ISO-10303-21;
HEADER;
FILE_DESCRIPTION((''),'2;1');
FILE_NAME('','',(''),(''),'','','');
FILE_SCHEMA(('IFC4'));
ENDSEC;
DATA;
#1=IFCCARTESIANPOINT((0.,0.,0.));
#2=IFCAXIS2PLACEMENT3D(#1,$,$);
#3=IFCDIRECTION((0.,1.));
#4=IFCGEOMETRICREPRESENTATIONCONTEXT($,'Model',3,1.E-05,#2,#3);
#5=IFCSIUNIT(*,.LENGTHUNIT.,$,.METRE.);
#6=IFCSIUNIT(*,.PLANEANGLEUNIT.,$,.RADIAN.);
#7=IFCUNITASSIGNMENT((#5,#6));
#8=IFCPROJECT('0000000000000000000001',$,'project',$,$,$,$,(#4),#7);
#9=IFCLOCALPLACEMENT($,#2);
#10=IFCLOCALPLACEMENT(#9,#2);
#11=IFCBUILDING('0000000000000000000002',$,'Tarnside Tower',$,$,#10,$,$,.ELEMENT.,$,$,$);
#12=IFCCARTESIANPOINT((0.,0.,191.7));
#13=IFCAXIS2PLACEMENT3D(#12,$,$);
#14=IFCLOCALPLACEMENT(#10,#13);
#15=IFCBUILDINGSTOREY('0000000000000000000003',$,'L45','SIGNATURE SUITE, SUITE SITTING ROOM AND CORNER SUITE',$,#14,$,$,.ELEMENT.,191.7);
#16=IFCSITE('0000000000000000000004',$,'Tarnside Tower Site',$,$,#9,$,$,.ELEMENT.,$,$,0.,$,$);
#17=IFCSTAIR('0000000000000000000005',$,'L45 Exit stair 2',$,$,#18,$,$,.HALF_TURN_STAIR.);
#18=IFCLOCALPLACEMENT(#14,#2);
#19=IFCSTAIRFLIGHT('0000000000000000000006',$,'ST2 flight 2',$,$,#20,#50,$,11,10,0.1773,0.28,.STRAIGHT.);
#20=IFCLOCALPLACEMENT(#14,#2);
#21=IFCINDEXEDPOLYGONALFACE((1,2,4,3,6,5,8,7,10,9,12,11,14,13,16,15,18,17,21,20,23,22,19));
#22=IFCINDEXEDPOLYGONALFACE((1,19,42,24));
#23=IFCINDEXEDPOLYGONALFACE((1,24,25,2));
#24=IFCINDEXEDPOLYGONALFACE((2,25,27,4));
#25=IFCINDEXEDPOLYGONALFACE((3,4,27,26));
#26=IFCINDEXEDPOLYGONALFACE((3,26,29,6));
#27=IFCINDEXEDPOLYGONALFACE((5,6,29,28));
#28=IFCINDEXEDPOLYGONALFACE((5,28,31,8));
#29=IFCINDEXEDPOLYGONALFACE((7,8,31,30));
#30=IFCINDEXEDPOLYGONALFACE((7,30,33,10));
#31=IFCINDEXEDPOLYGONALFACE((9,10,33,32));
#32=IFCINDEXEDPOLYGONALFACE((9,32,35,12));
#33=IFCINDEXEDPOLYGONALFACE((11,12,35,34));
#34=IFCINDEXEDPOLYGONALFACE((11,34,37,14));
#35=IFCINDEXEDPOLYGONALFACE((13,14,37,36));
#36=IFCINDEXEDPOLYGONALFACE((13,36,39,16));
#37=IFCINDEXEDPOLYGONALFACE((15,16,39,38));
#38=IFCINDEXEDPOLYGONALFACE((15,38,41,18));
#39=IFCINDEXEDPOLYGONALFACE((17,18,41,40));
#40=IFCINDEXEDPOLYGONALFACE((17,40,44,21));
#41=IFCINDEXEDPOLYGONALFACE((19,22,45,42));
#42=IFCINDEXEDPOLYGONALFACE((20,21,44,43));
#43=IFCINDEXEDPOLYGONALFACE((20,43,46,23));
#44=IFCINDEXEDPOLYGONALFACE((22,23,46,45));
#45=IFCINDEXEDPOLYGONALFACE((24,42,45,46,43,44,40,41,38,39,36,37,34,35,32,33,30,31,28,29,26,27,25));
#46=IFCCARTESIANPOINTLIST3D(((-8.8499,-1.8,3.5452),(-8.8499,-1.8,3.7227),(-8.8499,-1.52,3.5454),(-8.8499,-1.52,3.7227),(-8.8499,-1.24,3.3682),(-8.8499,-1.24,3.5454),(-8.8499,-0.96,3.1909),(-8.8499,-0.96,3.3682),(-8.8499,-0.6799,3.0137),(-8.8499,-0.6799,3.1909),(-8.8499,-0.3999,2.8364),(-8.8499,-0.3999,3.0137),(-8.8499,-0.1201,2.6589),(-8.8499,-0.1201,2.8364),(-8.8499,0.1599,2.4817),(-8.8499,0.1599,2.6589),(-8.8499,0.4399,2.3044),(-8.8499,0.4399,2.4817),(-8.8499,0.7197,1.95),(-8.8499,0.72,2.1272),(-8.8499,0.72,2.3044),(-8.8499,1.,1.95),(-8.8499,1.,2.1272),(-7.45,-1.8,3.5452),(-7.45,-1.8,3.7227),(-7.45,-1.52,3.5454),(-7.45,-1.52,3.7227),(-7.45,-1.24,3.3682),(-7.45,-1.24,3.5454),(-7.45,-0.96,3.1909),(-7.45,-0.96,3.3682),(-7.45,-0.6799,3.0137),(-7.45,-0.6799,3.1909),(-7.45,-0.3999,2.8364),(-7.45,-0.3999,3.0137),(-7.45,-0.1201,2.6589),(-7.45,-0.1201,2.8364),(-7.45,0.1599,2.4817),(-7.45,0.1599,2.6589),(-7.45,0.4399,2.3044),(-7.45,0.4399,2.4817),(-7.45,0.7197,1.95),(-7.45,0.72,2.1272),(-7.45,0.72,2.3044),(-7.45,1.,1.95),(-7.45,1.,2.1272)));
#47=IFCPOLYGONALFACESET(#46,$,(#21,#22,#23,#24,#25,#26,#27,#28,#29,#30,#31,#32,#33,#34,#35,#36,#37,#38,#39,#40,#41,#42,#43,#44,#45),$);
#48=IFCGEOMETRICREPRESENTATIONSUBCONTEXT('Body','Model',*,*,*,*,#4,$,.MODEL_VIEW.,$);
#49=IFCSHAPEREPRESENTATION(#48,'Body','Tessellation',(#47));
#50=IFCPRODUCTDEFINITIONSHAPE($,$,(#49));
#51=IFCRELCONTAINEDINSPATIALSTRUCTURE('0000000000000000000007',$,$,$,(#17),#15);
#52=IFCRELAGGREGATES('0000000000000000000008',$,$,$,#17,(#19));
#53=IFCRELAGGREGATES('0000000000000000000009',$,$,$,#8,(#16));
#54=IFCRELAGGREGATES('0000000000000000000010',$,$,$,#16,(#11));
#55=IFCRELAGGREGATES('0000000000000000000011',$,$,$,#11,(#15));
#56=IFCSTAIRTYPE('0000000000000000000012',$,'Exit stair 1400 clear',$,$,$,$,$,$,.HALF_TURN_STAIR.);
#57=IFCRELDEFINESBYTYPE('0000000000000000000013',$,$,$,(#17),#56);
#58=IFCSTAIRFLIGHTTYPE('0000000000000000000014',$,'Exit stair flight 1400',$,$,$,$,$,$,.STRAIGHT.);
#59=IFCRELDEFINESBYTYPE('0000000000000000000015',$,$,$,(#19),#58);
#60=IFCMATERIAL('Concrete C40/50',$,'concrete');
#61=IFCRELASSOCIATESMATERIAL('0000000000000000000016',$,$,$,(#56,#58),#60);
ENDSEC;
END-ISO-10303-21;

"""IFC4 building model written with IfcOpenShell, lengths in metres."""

from ifc_helpers import new_model, si_unit, direction, frame, origin, place, context, subcontext, project, spatial, polyline, outline, extrude, material, type_object, element, aggregate, save


model = new_model("IFC4")

# Units and contexts
model_context = context("Model", 3, precision=1e-05, world=origin(), true_north=direction((0.0, 1.0)))
body_context = subcontext(model_context, "Body", "Model", "MODEL_VIEW")
ifc_project = project(units=[si_unit("LENGTHUNIT", "METRE"), si_unit("PLANEANGLEUNIT", "RADIAN")], contexts=[model_context])

# Site, building, storey
site_placement = place(None, origin())
site = spatial("IfcSite", under=ifc_project, at=site_placement, Name="Tarnside Tower Site", CompositionType="ELEMENT", RefElevation=0.0)
building_placement = place(site_placement, origin())
building = spatial("IfcBuilding", under=site, at=building_placement, Name="Tarnside Tower", CompositionType="ELEMENT")
storey_placement = place(building_placement, frame((0.0, 0.0, 191.7)))
storey = spatial("IfcBuildingStorey", under=building, at=storey_placement, Name="L45", Description="SIGNATURE SUITE, SUITE SITTING ROOM AND CORNER SUITE", CompositionType="ELEMENT", Elevation=191.7)

# Shared definitions
ifc_material_1 = material(Name="Concrete C40/50", Category="concrete")

# Stair
stair_type = type_object("IfcStairType", Name="Exit stair 1400 clear", PredefinedType="HALF_TURN_STAIR", material=ifc_material_1)
stair_1_placement = place(storey_placement, origin())
stair_1 = element("IfcStair", 1, at=stair_1_placement, inside=storey, type_object=stair_type, Name="L45 Exit stair 2", PredefinedType="HALF_TURN_STAIR")

# Stair flight
stair_flight_type = type_object("IfcStairFlightType", Name="Exit stair flight 1400", PredefinedType="STRAIGHT", material=ifc_material_1)
stair_flight_placement = place(storey_placement, frame((-8.1499, 1.0, 1.95), z_axis=(0.0, 0.0, 1.0), x_axis=(0.0, -1.0, 0.0)))
stair_flight = element("IfcStairFlight", 2, at=stair_flight_placement, type_object=stair_flight_type, Name="ST2 flight 2", NumberOfRisers=11, NumberOfTreads=10, PredefinedType="STRAIGHT", RiserHeight=0.1773, TreadLength=0.28, context=body_context, shape_type="SweptSolid", body=[
    extrude(outline(polyline([(0.0, 0.0), (0.0, 0.1772), (0.28, 0.1772), (0.28, 0.3545), (0.5601, 0.3545), (0.5601, 0.5317), (0.8401, 0.5317), (0.8401, 0.709), (1.1201, 0.709), (1.1201, 0.8865), (1.3999, 0.8865), (1.3999, 1.0637), (1.6799, 1.0637), (1.6799, 1.241), (1.96, 1.241), (1.96, 1.4182), (2.24, 1.4182), (2.24, 1.5955), (2.52, 1.5955), (2.52, 1.7727), (2.8, 1.7727), (2.8, 1.95), (2.8, 1.5952), (0.2803, 0.0), (0.0, 0.0)])), frame((0.0, 0.7, 0.0), z_axis=(0.0, -1.0, 0.0), x_axis=(1.0, 0.0, 0.0)), (0.0, 0.0, 1.0), 1.3999),
])
aggregate(stair_1, [stair_flight])

save(model, "model.ifc")
